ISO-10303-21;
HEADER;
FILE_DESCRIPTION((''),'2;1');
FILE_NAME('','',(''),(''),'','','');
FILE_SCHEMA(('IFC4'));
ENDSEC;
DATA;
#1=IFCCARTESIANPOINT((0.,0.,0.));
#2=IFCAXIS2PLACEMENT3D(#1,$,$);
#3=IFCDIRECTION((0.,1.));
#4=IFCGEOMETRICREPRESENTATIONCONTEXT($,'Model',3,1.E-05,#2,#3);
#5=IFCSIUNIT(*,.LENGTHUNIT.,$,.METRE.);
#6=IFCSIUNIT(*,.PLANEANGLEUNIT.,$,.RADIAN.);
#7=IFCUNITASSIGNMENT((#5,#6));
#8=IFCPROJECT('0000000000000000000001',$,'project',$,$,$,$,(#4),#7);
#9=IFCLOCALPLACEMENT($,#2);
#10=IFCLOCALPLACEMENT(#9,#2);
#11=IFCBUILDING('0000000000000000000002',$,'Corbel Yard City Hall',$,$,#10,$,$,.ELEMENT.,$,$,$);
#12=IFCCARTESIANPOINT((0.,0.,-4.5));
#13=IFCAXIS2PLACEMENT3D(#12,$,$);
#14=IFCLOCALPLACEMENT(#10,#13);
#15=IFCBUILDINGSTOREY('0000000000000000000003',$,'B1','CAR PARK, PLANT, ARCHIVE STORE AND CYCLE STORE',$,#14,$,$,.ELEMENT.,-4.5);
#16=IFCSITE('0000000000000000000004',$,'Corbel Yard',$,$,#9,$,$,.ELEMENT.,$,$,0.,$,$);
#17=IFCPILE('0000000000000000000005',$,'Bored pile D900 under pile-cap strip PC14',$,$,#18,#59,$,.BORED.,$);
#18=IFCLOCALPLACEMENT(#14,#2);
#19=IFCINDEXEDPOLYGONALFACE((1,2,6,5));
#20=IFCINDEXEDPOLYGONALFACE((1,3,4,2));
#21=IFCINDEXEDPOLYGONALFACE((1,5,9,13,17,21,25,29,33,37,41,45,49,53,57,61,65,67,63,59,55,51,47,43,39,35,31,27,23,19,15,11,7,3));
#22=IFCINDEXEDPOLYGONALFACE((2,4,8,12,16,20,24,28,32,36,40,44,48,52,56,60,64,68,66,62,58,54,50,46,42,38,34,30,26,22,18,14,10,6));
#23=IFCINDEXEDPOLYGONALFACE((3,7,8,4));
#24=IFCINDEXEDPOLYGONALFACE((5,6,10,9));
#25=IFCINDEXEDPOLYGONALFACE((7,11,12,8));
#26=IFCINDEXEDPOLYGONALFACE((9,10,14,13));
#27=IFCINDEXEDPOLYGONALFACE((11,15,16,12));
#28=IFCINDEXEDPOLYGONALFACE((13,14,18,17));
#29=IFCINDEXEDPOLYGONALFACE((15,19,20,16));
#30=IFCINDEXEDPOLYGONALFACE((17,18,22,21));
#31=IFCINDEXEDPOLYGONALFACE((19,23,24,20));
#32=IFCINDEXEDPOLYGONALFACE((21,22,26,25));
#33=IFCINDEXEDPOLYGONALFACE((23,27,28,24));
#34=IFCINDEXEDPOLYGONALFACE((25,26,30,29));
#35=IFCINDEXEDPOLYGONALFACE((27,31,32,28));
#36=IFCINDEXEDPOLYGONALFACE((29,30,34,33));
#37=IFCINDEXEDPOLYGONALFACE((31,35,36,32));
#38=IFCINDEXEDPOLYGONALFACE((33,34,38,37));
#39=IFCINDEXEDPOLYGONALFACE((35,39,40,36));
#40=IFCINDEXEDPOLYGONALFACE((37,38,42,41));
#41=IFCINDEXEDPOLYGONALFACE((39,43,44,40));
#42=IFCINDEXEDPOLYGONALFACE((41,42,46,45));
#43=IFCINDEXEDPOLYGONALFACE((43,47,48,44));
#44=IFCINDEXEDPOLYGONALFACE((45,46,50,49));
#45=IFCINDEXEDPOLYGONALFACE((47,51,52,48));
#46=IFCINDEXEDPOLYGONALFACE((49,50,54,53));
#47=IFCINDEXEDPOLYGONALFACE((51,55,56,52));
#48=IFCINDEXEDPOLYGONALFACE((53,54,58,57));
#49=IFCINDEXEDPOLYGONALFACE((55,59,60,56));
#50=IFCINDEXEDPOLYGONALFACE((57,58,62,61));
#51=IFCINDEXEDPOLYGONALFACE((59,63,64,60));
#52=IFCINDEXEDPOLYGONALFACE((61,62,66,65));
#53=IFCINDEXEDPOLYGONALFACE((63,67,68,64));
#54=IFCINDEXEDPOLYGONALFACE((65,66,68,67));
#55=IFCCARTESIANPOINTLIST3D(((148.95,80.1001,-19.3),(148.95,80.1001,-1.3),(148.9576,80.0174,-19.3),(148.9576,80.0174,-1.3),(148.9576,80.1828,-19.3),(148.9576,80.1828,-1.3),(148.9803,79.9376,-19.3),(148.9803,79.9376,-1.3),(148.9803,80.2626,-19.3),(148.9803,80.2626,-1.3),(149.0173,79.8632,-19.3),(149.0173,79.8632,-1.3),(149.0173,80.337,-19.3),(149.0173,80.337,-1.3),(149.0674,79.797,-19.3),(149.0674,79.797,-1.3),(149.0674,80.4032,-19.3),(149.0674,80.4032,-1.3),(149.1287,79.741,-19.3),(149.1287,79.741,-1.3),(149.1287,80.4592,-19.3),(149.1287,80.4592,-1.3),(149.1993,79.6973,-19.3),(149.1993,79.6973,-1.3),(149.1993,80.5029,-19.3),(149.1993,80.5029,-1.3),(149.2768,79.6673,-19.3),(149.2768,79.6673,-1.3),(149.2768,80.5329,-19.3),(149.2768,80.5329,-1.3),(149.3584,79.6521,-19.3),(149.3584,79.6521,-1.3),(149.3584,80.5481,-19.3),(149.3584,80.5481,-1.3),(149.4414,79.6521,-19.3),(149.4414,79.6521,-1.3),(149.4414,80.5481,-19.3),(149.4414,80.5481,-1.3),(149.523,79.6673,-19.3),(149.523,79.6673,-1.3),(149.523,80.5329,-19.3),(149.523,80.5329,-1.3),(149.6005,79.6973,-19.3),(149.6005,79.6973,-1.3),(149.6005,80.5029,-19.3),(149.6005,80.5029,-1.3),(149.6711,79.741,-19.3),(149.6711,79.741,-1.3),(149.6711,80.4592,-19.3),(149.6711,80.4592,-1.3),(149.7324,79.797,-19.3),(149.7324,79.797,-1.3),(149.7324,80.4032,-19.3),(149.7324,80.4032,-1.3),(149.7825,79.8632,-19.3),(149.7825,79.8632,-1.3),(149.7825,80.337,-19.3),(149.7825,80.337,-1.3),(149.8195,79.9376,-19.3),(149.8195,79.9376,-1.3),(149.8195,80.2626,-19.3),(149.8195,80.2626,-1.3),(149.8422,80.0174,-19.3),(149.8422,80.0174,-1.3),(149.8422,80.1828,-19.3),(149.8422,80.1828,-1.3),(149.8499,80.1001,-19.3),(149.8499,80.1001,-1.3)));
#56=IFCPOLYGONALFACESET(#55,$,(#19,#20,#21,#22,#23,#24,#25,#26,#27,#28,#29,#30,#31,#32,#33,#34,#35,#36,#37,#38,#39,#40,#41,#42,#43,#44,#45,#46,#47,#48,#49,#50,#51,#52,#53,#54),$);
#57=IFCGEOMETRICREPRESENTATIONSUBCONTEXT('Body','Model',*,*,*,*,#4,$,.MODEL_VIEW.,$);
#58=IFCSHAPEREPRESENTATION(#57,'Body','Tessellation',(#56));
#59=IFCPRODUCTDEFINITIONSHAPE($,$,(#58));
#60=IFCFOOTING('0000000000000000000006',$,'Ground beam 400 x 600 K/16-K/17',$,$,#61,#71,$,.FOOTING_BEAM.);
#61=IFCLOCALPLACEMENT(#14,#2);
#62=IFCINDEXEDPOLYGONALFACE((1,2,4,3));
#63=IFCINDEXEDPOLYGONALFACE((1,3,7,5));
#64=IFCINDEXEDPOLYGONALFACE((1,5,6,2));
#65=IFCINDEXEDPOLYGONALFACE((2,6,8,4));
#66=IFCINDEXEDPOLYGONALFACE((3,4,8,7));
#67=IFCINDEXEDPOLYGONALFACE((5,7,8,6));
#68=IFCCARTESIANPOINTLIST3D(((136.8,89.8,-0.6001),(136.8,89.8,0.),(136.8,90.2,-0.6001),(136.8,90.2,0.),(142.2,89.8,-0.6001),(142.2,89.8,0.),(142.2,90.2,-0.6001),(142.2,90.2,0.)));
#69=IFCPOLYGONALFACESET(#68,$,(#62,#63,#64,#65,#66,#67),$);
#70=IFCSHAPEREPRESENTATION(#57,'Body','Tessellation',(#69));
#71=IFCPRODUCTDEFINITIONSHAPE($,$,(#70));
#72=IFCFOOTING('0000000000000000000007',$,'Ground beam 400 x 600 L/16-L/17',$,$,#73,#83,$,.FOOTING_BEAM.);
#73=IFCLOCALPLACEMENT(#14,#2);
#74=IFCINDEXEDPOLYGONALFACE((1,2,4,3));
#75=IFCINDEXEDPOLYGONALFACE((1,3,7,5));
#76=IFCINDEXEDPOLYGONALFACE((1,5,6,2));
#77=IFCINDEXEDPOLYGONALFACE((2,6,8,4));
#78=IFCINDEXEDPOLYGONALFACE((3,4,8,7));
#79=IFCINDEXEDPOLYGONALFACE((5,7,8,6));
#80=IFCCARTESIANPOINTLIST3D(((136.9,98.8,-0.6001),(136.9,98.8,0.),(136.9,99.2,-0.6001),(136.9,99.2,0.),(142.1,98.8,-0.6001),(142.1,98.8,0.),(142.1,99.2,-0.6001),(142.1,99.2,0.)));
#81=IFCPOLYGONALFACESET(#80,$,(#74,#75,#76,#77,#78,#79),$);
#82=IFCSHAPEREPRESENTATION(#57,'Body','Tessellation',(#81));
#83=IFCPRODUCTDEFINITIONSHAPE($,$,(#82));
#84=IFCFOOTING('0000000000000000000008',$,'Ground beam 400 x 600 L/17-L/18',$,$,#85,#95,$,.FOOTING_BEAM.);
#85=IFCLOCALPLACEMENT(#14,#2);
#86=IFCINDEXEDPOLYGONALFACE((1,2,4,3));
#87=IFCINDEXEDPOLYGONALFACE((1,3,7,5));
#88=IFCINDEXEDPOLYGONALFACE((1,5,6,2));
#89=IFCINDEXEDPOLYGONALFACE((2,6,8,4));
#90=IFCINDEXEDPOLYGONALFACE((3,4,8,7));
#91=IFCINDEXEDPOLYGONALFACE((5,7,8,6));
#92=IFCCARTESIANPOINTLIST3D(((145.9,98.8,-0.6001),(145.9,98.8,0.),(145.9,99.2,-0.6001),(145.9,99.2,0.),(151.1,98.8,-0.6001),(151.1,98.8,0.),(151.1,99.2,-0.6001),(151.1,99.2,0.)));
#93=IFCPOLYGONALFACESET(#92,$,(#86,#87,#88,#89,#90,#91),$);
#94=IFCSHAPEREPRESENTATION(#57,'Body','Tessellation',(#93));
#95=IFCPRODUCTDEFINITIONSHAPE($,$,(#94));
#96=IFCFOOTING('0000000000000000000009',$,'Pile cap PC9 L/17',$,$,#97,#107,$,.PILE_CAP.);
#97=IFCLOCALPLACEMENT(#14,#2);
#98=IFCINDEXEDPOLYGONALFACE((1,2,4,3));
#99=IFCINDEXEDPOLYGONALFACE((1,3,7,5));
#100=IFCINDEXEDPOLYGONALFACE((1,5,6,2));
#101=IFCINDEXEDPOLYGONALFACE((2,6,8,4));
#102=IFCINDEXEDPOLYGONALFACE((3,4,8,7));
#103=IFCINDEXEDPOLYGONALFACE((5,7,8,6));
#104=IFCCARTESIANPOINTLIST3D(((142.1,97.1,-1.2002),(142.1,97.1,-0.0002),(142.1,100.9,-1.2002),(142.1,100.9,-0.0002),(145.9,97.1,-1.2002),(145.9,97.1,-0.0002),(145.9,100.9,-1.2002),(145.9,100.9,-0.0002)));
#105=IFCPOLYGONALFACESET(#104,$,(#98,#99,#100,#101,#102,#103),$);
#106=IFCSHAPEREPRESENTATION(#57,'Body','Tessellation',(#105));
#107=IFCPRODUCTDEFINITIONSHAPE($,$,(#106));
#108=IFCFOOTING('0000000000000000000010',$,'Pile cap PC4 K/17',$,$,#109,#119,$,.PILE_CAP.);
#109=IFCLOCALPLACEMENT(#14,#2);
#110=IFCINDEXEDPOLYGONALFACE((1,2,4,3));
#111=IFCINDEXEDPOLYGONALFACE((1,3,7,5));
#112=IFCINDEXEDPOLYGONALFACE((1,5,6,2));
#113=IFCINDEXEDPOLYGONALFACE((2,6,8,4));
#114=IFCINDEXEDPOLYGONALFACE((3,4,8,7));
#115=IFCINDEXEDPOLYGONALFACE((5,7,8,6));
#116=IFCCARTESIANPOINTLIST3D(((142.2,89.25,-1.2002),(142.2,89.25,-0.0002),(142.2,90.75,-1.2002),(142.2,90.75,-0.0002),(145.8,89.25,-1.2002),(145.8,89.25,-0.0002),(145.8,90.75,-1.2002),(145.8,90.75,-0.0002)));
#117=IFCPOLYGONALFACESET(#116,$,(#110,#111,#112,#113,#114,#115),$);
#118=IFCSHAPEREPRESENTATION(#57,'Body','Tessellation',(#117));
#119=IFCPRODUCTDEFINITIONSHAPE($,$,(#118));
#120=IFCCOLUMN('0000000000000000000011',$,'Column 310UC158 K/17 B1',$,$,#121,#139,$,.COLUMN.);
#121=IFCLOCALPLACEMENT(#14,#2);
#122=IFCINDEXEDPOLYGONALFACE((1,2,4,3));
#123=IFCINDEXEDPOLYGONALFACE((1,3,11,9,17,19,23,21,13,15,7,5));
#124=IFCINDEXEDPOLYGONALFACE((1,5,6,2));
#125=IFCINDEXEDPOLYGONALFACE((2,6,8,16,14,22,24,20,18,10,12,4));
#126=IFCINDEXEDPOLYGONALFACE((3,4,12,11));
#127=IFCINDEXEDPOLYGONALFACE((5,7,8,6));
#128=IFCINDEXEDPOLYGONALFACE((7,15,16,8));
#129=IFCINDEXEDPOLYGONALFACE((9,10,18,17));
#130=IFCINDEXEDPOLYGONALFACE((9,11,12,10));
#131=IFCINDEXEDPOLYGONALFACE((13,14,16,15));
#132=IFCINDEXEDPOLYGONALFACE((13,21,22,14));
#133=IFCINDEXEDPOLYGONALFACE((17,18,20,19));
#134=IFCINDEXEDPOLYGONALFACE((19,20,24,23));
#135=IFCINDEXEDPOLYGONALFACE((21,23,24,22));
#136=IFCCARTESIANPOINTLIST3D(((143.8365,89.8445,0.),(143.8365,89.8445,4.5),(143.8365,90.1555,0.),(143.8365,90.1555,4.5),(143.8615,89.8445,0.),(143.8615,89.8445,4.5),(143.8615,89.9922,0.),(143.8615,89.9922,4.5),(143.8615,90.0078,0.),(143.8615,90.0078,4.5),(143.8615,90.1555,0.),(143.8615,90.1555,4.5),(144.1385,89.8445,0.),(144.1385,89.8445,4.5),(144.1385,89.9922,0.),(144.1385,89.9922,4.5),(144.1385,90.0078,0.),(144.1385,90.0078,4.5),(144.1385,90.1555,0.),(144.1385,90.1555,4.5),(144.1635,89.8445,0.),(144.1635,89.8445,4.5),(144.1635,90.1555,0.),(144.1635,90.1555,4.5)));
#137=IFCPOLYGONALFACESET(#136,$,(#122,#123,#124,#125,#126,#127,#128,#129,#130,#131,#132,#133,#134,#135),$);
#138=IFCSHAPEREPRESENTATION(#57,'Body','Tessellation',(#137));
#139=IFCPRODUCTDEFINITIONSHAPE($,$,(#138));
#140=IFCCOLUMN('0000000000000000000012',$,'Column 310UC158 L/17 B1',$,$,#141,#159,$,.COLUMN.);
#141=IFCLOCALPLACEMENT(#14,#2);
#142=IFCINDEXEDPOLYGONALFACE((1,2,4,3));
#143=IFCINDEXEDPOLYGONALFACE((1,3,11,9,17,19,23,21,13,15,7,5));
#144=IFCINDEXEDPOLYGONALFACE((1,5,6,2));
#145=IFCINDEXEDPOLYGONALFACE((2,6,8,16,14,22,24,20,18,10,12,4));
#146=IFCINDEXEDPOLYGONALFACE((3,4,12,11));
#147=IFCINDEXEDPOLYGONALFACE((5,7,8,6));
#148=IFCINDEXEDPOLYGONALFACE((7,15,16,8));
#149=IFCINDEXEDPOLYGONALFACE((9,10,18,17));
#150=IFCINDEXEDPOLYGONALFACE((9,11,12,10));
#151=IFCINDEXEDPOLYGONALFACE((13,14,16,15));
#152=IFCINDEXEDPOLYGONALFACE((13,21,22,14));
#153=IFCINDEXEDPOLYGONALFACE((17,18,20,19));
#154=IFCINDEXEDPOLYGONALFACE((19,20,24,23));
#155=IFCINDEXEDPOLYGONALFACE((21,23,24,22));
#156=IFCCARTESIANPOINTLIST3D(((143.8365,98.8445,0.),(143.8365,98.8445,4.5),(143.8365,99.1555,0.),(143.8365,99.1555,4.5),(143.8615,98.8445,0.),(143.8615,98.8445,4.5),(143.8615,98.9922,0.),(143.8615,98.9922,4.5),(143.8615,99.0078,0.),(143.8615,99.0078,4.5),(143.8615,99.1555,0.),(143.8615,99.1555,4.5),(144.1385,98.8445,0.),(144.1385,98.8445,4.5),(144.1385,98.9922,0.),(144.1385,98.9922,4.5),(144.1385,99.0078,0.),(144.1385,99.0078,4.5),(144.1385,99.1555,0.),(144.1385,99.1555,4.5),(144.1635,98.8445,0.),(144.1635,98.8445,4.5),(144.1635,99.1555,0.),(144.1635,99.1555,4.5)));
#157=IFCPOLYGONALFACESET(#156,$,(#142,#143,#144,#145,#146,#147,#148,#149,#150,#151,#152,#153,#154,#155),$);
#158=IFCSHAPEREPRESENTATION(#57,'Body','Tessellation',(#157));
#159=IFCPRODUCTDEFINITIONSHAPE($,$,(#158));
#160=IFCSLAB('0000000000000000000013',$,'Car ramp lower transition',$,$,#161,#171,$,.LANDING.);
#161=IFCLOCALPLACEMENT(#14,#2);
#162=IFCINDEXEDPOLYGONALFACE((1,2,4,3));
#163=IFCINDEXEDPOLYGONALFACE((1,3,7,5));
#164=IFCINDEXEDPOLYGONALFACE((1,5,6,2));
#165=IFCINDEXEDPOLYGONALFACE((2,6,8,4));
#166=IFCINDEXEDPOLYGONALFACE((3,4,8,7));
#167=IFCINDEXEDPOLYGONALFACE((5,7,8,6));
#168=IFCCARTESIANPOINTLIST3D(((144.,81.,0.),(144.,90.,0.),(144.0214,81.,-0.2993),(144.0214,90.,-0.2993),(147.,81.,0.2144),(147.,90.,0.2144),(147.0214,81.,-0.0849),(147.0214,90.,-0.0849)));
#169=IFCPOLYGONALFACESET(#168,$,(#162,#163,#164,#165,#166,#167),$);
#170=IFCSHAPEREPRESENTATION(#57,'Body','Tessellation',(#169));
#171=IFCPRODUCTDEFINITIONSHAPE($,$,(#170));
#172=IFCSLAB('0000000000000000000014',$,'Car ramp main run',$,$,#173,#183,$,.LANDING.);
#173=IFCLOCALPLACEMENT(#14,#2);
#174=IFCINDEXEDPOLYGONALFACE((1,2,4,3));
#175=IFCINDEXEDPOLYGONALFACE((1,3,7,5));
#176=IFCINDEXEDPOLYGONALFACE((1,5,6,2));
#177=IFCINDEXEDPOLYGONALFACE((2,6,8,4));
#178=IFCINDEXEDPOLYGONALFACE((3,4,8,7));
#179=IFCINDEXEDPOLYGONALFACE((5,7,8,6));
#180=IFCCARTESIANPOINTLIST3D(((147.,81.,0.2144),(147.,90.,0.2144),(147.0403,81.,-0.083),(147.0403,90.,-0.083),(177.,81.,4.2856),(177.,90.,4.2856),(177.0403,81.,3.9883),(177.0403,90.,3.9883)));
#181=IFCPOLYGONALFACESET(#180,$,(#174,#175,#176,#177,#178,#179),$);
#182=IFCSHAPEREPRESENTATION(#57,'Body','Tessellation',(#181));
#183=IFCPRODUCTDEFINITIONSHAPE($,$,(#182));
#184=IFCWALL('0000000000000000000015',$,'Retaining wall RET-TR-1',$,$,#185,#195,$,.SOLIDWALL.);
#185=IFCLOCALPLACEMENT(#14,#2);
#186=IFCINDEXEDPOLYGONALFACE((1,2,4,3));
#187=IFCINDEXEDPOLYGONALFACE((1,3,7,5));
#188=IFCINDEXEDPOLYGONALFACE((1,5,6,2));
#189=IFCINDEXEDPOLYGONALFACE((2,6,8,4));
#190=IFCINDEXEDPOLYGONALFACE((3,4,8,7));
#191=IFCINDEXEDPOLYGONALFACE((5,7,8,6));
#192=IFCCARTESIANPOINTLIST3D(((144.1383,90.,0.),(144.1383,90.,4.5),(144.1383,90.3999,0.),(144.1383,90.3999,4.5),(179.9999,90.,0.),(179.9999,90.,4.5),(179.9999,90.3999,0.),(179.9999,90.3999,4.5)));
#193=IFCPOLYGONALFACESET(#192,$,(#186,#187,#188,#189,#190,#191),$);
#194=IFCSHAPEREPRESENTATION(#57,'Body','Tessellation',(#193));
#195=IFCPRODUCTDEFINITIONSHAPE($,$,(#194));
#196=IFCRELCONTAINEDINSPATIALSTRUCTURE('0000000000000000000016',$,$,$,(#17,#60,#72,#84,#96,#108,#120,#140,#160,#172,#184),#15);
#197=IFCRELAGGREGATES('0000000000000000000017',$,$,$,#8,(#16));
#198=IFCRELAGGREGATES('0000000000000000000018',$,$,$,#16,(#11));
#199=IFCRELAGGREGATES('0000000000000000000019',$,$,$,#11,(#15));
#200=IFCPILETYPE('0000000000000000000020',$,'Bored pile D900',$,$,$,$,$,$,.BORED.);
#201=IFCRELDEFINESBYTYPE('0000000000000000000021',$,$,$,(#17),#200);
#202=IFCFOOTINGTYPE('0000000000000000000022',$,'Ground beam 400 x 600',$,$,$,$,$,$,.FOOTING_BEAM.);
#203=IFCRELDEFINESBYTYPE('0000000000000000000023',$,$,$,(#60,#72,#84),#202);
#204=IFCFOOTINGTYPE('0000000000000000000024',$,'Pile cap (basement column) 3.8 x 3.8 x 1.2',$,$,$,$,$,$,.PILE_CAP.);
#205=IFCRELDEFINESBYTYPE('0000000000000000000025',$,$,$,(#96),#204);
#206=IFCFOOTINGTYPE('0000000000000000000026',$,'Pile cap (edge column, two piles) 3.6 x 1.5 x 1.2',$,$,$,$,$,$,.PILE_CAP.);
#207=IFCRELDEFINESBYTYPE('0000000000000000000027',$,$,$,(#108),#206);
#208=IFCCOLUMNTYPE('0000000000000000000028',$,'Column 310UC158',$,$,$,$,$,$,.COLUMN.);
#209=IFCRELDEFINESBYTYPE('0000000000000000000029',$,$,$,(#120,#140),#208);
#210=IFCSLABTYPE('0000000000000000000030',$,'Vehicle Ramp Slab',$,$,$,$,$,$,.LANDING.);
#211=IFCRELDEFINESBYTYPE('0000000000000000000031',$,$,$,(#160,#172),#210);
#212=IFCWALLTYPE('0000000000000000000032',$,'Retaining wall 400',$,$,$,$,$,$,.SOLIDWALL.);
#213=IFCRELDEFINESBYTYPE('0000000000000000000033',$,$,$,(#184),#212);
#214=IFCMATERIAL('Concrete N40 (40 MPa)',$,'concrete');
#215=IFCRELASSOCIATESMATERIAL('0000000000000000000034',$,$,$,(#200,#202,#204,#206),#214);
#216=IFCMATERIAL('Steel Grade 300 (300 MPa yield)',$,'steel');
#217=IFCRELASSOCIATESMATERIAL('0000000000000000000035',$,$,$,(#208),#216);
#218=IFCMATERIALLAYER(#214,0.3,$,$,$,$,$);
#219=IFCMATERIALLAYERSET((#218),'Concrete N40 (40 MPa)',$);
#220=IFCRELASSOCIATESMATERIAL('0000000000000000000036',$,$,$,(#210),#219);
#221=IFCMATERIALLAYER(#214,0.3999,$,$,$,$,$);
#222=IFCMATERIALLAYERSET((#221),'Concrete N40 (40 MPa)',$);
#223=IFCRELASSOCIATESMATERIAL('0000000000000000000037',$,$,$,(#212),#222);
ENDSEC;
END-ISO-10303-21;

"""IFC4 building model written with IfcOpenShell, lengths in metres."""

from ifc_helpers import new_model, si_unit, direction, frame, frame_2d, origin, origin_2d, place, context, subcontext, project, spatial, polyline, rectangle, circle, i_section, outline, extrude, material, layer, layer_set, material_profile, profile_set, type_object, element, save


model = new_model("IFC4")

# Units and contexts
model_context = context("Model", 3, precision=1e-05, world=origin(), true_north=direction((0.0, 1.0)))
body_context = subcontext(model_context, "Body", "Model", "MODEL_VIEW")
ifc_project = project(units=[si_unit("LENGTHUNIT", "METRE"), si_unit("PLANEANGLEUNIT", "RADIAN")], contexts=[model_context])

# Site, building, storey
site_placement = place(None, origin())
site = spatial("IfcSite", under=ifc_project, at=site_placement, Name="Corbel Yard", CompositionType="ELEMENT", RefElevation=0.0)
building_placement = place(site_placement, origin())
building = spatial("IfcBuilding", under=site, at=building_placement, Name="Corbel Yard City Hall", CompositionType="ELEMENT")
storey_placement = place(building_placement, frame((0.0, 0.0, -4.5)))
storey = spatial("IfcBuildingStorey", under=building, at=storey_placement, Name="B1", Description="CAR PARK, PLANT, ARCHIVE STORE AND CYCLE STORE", CompositionType="ELEMENT", Elevation=-4.5)

# Pile
ifc_material_1 = material(Name="Concrete N40 (40 MPa)", Category="concrete")
ifc_material_profile_1 = material_profile(ifc_material_1, circle(Radius=0.45, at=origin_2d()), Name="D900")
ifc_profile_set_1 = profile_set([ifc_material_profile_1], Name="Concrete N40 (40 MPa)")
pile_type = type_object("IfcPileType", Name="Bored pile D900", PredefinedType="BORED", material=ifc_profile_set_1)
for number, where, z_axis, x_axis, name in (
    (1, (149.3999, 80.1001, -1.3), (0.0, 0.0, -1.0), (1.0, 0.0, 0.0), "Bored pile D900 under pile-cap strip PC14"),
):
    element("IfcPile", number, at=place(storey_placement, frame(where, z_axis=z_axis, x_axis=x_axis)), inside=storey, type_object=pile_type, Name=name, PredefinedType="BORED", context=body_context, shape_type="SweptSolid", body=[
        extrude(circle(Radius=0.45, at=origin_2d()), origin(), (0.0, 0.0, 1.0), 18.0),
    ])

# Footings
footing_type_1 = type_object("IfcFootingType", Name="Ground beam 400 x 600", PredefinedType="FOOTING_BEAM", material=ifc_material_1)
footing_1_placement = place(storey_placement, frame((139.5, 90.0, -0.6001), z_axis=(0.0, 0.0, 1.0), x_axis=(1.0, 0.0, 0.0)))
element("IfcFooting", 2, at=footing_1_placement, inside=storey, type_object=footing_type_1, Name="Ground beam 400 x 600 K/16-K/17", PredefinedType="FOOTING_BEAM", context=body_context, shape_type="SweptSolid", body=[
    extrude(rectangle(XDim=5.3999, YDim=0.3999, at=origin_2d()), origin(), (0.0, 0.0, 1.0), 0.6001),
])
for number, where, z_axis, x_axis, name in (
    (3, (139.5, 99.0, -0.6001), (0.0, 0.0, 1.0), (1.0, 0.0, 0.0), "Ground beam 400 x 600 L/16-L/17"),
    (4, (148.5, 99.0, -0.6001), (0.0, 0.0, 1.0), (1.0, 0.0, 0.0), "Ground beam 400 x 600 L/17-L/18"),
):
    element("IfcFooting", number, at=place(storey_placement, frame(where, z_axis=z_axis, x_axis=x_axis)), inside=storey, type_object=footing_type_1, Name=name, PredefinedType="FOOTING_BEAM", context=body_context, shape_type="SweptSolid", body=[
        extrude(rectangle(XDim=5.2, YDim=0.3999, at=origin_2d()), origin(), (0.0, 0.0, 1.0), 0.6001),
    ])
footing_type_2 = type_object("IfcFootingType", Name="Pile cap (basement column) 3.8 x 3.8 x 1.2", PredefinedType="PILE_CAP", material=ifc_material_1)
footing_2_placement = place(storey_placement, frame((144.0, 99.0, -1.2002), z_axis=(0.0, 0.0, 1.0), x_axis=(1.0, 0.0, 0.0)))
element("IfcFooting", 5, at=footing_2_placement, inside=storey, type_object=footing_type_2, Name="Pile cap PC9 L/17", PredefinedType="PILE_CAP", context=body_context, shape_type="SweptSolid", body=[
    extrude(rectangle(XDim=3.8, YDim=3.8, at=origin_2d()), origin(), (0.0, 0.0, 1.0), 1.2),
])
footing_type_3 = type_object("IfcFootingType", Name="Pile cap (edge column, two piles) 3.6 x 1.5 x 1.2", PredefinedType="PILE_CAP", material=ifc_material_1)
footing_3_placement = place(storey_placement, frame((144.0, 90.0, -1.2002), z_axis=(0.0, 0.0, 1.0), x_axis=(1.0, 0.0, 0.0)))
element("IfcFooting", 6, at=footing_3_placement, inside=storey, type_object=footing_type_3, Name="Pile cap PC4 K/17", PredefinedType="PILE_CAP", context=body_context, shape_type="SweptSolid", body=[
    extrude(rectangle(XDim=3.6001, YDim=1.5, at=origin_2d()), origin(), (0.0, 0.0, 1.0), 1.2),
])

# Columns
ifc_material_2 = material(Name="Steel Grade 300 (300 MPa yield)", Category="steel")
ifc_material_profile_2 = material_profile(ifc_material_2, i_section(OverallWidth=0.311, OverallDepth=0.3269, WebThickness=0.0156, FlangeThickness=0.0249, at=origin_2d()), Name="310UC158")
ifc_profile_set_2 = profile_set([ifc_material_profile_2], Name="Steel Grade 300 (300 MPa yield)")
column_type = type_object("IfcColumnType", Name="Column 310UC158", PredefinedType="COLUMN", material=ifc_profile_set_2)
for number, where, z_axis, x_axis, name in (
    (7, (144.0, 90.0, 0.0), (0.0, 0.0, 1.0), (0.0, 1.0, 0.0), "Column 310UC158 K/17 B1"),
    (8, (144.0, 99.0, 0.0), (0.0, 0.0, 1.0), (0.0, 1.0, 0.0), "Column 310UC158 L/17 B1"),
):
    element("IfcColumn", number, at=place(storey_placement, frame(where, z_axis=z_axis, x_axis=x_axis)), inside=storey, type_object=column_type, Name=name, PredefinedType="COLUMN", context=body_context, shape_type="SweptSolid", body=[
        extrude(i_section(OverallWidth=0.311, OverallDepth=0.3269, WebThickness=0.0156, FlangeThickness=0.0249, at=origin_2d()), origin(), (0.0, 0.0, 1.0), 4.5),
    ])

# Slabs
ifc_layer_1 = layer(ifc_material_1, 0.3)
ifc_layer_set_1 = layer_set([ifc_layer_1], Name="Concrete N40 (40 MPa)")
slab_type = type_object("IfcSlabType", Name="Vehicle Ramp Slab", PredefinedType="LANDING", material=ifc_layer_set_1)
slab_1_placement = place(storey_placement, frame((144.0, 81.0, 0.0), z_axis=(-0.07127, 0.0, 0.997457), x_axis=(0.997457, 0.0, 0.07127)))
element("IfcSlab", 9, at=slab_1_placement, inside=storey, type_object=slab_type, Name="Car ramp lower transition", PredefinedType="LANDING", context=body_context, shape_type="SweptSolid", body=[
    extrude(outline(polyline([(0.0, 0.0), (3.0076, 0.0), (3.0076, 9.0), (0.0, 9.0), (0.0, 0.0)])), origin(), (0.0, 0.0, -1.0), 0.3),
])
slab_2_placement = place(storey_placement, frame((147.0, 81.0, 0.2144), z_axis=(-0.134477, 0.0, 0.990917), x_axis=(0.990917, 0.0, 0.134477)))
element("IfcSlab", 10, at=slab_2_placement, inside=storey, type_object=slab_type, Name="Car ramp main run", PredefinedType="LANDING", context=body_context, shape_type="SweptSolid", body=[
    extrude(outline(polyline([(0.0, 0.0), (30.275, 0.0), (30.275, 9.0), (0.0, 9.0), (0.0, 0.0)])), origin(), (0.0, 0.0, -1.0), 0.3),
])

# Wall
ifc_layer_2 = layer(ifc_material_1, 0.3999)
ifc_layer_set_2 = layer_set([ifc_layer_2], Name="Concrete N40 (40 MPa)")
wall_type = type_object("IfcWallType", Name="Retaining wall 400", PredefinedType="SOLIDWALL", material=ifc_layer_set_2)
wall_placement = place(storey_placement, frame((144.1384, 90.2, 0.0), z_axis=(0.0, 0.0, 1.0), x_axis=(1.0, 0.0, 0.0)))
element("IfcWall", 11, at=wall_placement, inside=storey, type_object=wall_type, Name="Retaining wall RET-TR-1", PredefinedType="SOLIDWALL", context=body_context, shape_type="SweptSolid", body=[
    extrude(rectangle(XDim=35.8616, YDim=0.3999, at=frame_2d((17.9307, 0.0))), origin(), (0.0, 0.0, 1.0), 4.5),
])

save(model, "model.ifc")
